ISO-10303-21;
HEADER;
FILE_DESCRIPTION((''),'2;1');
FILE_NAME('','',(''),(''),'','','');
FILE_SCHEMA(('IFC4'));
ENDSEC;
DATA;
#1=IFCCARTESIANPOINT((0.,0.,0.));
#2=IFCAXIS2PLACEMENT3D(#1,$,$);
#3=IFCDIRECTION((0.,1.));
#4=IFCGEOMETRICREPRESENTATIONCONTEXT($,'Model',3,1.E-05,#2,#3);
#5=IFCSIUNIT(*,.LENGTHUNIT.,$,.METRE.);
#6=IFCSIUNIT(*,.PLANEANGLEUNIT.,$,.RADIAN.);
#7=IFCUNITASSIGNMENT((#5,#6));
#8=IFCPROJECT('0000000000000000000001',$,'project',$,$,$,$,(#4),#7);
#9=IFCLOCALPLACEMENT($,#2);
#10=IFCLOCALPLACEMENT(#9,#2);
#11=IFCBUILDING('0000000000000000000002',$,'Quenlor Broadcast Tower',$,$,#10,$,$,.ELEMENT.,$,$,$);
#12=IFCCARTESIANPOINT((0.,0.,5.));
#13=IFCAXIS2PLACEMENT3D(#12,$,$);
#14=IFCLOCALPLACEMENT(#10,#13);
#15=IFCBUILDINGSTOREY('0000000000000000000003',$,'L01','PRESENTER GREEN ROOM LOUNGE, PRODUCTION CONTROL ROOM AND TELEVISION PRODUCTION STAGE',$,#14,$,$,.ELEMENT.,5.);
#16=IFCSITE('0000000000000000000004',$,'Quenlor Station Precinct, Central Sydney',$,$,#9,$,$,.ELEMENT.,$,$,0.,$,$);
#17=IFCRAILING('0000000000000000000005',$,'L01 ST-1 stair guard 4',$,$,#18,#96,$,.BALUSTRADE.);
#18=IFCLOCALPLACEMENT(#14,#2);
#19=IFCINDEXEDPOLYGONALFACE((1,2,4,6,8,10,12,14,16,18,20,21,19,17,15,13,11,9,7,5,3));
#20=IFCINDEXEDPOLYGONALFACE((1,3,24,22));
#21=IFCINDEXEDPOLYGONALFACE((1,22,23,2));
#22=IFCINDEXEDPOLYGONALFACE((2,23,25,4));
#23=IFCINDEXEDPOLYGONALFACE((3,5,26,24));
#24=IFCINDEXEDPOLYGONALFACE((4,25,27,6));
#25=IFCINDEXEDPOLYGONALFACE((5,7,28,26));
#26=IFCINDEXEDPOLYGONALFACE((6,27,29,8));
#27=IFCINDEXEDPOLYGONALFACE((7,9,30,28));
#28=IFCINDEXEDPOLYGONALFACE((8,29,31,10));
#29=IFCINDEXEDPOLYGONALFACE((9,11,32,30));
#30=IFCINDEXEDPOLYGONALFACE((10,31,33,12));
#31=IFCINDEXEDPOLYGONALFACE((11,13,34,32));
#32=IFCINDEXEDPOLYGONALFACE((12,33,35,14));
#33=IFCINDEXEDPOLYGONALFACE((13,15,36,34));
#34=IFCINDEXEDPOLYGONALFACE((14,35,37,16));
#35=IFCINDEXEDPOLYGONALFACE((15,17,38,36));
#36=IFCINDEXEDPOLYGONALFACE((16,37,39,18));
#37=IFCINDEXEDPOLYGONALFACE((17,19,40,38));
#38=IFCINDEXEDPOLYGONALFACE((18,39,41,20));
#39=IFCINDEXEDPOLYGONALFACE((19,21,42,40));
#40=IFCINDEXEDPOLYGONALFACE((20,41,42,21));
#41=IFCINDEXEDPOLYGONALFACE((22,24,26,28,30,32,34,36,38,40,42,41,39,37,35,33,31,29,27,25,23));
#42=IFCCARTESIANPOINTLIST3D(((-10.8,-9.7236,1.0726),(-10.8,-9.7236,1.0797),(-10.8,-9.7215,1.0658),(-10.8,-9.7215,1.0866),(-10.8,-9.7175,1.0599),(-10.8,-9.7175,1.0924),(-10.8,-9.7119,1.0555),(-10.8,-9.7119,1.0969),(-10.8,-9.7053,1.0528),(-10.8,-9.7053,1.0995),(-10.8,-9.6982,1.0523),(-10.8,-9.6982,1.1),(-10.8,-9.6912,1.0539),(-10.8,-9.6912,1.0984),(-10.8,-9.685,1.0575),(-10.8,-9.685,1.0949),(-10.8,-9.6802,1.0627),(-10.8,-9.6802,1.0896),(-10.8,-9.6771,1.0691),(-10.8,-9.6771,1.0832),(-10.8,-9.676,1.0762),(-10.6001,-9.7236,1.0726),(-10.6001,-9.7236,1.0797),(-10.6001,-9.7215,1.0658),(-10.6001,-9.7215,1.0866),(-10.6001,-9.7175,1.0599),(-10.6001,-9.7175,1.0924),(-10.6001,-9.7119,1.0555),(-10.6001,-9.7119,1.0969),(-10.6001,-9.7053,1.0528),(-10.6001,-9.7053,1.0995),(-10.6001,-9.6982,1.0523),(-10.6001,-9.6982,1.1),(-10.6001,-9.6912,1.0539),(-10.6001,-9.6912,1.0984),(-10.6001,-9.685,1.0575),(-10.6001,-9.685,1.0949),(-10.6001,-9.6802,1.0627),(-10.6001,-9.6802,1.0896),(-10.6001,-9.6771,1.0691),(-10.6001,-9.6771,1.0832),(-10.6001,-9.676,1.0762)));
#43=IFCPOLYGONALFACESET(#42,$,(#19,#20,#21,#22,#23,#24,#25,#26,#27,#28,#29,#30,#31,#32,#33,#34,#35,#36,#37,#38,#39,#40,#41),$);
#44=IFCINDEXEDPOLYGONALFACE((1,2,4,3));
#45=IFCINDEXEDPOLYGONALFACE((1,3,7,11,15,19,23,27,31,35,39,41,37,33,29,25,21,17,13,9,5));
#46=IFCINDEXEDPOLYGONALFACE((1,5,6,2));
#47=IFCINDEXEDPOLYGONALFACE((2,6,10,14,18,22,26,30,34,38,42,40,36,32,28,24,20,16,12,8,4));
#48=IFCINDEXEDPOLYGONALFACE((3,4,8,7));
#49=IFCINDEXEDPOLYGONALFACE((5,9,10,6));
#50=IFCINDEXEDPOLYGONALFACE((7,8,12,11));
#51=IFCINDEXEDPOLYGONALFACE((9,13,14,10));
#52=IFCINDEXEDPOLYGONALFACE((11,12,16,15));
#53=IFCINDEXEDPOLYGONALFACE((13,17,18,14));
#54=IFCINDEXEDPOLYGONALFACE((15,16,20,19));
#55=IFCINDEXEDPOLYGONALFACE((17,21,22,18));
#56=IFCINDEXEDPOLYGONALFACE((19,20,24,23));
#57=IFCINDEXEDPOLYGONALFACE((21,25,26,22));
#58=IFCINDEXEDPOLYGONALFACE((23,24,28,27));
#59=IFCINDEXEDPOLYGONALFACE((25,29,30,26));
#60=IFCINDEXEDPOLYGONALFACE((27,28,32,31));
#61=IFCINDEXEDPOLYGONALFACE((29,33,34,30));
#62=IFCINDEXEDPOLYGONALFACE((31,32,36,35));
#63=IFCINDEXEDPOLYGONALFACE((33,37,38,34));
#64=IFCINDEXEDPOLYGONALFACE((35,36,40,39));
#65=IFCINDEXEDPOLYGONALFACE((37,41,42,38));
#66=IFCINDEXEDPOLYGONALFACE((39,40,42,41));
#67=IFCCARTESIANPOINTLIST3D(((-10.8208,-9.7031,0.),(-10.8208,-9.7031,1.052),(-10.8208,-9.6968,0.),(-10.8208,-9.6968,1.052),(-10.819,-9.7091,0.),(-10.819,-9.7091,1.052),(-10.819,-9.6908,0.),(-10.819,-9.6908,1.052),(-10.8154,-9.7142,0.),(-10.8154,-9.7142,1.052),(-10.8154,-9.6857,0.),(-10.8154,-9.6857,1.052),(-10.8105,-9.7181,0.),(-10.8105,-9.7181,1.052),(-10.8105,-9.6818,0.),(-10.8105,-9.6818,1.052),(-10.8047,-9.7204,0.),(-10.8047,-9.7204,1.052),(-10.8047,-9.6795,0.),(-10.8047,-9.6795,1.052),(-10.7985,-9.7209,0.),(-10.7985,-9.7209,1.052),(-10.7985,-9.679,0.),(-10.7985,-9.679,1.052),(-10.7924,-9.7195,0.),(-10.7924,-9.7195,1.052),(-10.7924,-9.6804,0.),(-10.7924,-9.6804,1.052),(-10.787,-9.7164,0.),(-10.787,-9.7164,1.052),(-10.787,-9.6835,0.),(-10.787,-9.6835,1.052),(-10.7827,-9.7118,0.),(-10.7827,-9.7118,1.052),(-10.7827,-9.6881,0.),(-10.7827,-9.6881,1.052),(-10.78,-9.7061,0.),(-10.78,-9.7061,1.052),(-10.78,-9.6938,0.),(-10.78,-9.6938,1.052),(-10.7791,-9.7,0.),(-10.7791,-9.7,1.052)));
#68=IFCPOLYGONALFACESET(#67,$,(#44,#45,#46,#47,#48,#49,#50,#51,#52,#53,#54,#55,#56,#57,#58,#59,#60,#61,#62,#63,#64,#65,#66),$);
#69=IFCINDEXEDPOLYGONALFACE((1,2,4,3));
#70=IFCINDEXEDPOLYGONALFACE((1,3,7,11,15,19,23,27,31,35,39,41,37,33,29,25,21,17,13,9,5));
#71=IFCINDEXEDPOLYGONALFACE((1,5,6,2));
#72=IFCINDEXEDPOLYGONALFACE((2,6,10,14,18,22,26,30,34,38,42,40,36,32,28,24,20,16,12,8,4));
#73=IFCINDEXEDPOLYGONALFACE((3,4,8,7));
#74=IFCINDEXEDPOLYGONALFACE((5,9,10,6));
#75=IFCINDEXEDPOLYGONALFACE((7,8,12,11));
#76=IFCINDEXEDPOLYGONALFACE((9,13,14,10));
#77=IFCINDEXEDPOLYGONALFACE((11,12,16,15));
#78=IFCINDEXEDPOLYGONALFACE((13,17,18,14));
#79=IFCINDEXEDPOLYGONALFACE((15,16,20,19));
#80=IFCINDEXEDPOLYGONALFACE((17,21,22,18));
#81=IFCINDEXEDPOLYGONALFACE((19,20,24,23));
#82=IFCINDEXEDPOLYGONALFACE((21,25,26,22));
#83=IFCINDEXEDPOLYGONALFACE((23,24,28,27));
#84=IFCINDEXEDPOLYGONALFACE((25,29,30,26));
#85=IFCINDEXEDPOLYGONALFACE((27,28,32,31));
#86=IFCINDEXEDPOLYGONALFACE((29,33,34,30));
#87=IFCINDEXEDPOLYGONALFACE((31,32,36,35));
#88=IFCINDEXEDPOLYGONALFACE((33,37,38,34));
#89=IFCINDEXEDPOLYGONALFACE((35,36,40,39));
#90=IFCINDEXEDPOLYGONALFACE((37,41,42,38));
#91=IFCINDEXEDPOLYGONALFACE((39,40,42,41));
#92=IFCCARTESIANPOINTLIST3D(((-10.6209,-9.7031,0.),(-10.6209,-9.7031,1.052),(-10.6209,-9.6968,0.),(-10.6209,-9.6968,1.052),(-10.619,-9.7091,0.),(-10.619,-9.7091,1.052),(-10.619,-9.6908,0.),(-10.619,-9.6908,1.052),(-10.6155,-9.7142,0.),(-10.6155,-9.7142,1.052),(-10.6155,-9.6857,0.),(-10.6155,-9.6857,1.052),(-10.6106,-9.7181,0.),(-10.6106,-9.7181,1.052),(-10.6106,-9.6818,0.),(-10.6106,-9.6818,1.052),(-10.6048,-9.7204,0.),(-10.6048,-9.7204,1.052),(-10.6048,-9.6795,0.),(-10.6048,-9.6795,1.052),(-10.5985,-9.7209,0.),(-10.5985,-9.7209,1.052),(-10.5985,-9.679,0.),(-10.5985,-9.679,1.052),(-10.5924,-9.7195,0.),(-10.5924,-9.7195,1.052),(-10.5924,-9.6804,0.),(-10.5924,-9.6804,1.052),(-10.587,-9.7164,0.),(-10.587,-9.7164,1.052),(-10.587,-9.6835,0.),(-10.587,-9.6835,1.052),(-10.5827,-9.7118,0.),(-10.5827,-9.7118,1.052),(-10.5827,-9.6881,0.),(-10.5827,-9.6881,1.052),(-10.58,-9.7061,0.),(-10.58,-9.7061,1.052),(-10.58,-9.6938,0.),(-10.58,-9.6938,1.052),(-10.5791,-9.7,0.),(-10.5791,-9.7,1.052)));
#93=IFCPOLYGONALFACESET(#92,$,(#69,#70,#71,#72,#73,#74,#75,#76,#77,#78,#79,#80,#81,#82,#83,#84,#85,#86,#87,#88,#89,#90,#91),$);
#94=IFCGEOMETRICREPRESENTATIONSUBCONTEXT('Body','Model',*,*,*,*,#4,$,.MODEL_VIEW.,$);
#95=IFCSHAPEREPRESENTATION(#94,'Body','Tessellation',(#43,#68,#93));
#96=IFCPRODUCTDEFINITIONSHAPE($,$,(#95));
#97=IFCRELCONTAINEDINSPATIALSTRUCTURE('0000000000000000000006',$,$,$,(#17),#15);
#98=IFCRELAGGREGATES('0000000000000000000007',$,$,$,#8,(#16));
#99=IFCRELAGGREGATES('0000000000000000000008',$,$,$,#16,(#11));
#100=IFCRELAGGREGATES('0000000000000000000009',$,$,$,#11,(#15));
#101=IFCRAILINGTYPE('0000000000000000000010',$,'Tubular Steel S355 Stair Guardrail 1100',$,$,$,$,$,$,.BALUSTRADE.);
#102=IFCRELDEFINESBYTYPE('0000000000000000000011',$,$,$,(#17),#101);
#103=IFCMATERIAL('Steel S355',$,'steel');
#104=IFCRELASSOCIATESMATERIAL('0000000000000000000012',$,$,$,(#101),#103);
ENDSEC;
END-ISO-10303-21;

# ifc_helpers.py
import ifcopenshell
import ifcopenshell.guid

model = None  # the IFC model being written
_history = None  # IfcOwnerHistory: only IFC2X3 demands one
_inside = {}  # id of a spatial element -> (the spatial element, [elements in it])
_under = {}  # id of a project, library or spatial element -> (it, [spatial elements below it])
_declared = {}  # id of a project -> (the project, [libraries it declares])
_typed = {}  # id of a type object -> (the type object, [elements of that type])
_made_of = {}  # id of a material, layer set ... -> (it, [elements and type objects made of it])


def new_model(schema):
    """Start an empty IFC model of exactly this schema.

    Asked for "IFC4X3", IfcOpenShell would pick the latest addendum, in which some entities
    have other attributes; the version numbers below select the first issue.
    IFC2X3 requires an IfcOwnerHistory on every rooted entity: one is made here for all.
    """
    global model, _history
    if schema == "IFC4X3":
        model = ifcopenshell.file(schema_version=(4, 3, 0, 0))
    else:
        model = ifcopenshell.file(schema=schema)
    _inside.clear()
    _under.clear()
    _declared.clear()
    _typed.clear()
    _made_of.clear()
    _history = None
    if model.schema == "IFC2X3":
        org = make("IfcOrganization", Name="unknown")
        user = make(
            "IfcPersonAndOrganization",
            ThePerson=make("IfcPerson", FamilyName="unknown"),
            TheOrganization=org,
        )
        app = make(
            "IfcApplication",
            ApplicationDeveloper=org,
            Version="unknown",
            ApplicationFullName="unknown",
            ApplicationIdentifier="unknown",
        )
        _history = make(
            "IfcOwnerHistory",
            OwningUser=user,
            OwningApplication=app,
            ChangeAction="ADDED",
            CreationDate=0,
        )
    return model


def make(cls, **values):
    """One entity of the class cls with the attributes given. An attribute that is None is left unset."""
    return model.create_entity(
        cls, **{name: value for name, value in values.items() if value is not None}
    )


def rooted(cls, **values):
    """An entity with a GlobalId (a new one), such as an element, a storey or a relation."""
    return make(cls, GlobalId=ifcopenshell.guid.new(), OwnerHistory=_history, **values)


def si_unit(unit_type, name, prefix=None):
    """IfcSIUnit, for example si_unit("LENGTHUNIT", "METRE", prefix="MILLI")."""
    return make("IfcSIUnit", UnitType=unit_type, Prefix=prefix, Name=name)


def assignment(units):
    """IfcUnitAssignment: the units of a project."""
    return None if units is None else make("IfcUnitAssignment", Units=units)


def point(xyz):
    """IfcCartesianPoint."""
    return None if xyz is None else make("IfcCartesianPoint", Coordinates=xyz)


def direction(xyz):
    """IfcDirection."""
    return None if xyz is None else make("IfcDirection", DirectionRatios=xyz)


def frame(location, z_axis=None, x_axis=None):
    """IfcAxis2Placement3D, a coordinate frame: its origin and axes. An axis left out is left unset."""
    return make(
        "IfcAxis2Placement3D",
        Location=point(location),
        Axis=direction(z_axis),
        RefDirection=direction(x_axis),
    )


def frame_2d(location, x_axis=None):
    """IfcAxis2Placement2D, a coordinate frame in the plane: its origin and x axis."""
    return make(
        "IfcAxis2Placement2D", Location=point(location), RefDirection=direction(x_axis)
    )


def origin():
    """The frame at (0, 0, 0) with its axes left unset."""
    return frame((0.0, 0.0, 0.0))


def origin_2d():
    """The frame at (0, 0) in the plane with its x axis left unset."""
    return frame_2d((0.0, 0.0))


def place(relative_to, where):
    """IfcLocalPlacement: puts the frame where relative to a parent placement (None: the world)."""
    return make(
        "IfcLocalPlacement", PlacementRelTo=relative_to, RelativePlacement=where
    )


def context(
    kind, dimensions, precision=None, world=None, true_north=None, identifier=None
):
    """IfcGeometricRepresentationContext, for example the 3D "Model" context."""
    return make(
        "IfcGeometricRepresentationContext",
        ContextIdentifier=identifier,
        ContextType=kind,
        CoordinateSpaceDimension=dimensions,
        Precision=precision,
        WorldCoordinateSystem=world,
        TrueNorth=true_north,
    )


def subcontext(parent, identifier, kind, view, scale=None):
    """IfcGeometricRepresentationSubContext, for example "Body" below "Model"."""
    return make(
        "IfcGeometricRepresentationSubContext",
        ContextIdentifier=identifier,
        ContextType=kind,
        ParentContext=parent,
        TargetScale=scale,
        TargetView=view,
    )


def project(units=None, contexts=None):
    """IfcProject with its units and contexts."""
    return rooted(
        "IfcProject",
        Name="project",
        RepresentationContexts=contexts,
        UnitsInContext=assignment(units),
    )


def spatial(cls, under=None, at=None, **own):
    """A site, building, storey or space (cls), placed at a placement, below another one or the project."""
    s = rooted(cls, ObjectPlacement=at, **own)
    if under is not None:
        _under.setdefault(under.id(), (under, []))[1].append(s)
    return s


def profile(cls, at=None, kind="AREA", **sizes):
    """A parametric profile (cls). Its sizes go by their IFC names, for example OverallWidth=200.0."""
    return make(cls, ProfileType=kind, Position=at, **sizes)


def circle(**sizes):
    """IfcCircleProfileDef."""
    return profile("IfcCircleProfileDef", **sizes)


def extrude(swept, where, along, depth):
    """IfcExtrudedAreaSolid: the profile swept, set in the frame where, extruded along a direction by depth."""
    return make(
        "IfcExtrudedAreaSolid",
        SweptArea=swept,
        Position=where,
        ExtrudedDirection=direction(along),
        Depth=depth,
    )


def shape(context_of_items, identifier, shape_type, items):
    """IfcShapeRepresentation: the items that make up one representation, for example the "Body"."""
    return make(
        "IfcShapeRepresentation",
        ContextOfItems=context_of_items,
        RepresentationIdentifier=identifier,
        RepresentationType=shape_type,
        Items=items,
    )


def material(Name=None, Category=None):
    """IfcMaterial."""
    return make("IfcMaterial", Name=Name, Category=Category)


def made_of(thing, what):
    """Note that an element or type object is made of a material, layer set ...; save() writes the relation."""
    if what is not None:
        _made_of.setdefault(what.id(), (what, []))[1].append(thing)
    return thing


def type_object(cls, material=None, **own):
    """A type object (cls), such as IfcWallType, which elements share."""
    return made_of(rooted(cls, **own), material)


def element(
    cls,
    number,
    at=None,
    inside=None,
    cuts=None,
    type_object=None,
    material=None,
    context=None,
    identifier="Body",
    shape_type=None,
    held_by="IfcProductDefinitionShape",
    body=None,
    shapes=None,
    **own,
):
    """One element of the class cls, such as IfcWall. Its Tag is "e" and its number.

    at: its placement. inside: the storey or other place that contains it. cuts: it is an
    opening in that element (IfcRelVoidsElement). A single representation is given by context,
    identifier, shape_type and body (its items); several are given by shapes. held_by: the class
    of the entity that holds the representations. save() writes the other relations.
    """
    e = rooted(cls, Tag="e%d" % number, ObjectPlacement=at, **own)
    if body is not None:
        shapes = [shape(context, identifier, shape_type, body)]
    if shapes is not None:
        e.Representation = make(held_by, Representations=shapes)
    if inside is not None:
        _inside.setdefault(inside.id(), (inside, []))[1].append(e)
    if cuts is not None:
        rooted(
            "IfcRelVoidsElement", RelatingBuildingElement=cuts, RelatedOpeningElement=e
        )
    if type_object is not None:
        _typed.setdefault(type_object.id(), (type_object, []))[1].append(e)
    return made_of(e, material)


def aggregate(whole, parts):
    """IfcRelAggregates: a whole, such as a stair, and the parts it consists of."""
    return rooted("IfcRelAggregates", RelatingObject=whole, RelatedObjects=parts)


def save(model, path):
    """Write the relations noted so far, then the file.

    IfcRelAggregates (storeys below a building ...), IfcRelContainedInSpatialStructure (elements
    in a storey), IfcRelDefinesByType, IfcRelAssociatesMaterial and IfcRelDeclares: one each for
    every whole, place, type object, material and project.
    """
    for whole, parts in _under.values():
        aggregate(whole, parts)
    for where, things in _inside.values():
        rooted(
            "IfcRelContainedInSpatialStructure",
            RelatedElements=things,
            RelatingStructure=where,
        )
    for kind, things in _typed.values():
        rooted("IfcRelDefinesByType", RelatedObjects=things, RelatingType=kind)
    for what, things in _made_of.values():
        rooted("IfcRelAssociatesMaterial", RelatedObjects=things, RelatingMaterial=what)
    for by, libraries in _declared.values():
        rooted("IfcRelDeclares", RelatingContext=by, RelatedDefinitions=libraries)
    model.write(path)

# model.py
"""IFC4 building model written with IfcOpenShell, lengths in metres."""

from ifc_helpers import new_model, si_unit, direction, frame, origin, origin_2d, place, context, subcontext, project, spatial, circle, extrude, material, type_object, element, save


model = new_model("IFC4")

# Units and contexts
model_context = context("Model", 3, precision=1e-05, world=origin(), true_north=direction((0.0, 1.0)))
body_context = subcontext(model_context, "Body", "Model", "MODEL_VIEW")
ifc_project = project(units=[si_unit("LENGTHUNIT", "METRE"), si_unit("PLANEANGLEUNIT", "RADIAN")], contexts=[model_context])

# Site, building, storey
site_placement = place(None, origin())
site = spatial("IfcSite", under=ifc_project, at=site_placement, Name="Quenlor Station Precinct, Central Sydney", CompositionType="ELEMENT", RefElevation=0.0)
building_placement = place(site_placement, origin())
building = spatial("IfcBuilding", under=site, at=building_placement, Name="Quenlor Broadcast Tower", CompositionType="ELEMENT")
storey_placement = place(building_placement, frame((0.0, 0.0, 5.0)))
storey = spatial("IfcBuildingStorey", under=building, at=storey_placement, Name="L01", Description="PRESENTER GREEN ROOM LOUNGE, PRODUCTION CONTROL ROOM AND TELEVISION PRODUCTION STAGE", CompositionType="ELEMENT", Elevation=5.0)

# Railing
ifc_material_1 = material(Name="Steel S355", Category="steel")
railing_type_1 = type_object("IfcRailingType", Name="Tubular Steel S355 Stair Guardrail 1100", PredefinedType="BALUSTRADE", material=ifc_material_1)
railing_1_placement = place(storey_placement, frame((-10.8, -9.7, 0.0)))
element("IfcRailing", 1, at=railing_1_placement, inside=storey, type_object=railing_type_1, Name="L01 ST-1 stair guard 4", PredefinedType="BALUSTRADE", context=body_context, shape_type="SweptSolid", body=[
    extrude(circle(Radius=0.0239, at=origin_2d()), frame((0.0, 0.0, 1.0762), z_axis=(1.0, 0.0, 0.0), x_axis=(0.0, 1.0, 0.0)), (0.0, 0.0, 1.0), 0.2),
    extrude(circle(Radius=0.021, at=origin_2d()), origin(), (0.0, 0.0, 1.0), 1.052),
    extrude(circle(Radius=0.021, at=origin_2d()), frame((0.2, 0.0, 0.0)), (0.0, 0.0, 1.0), 1.052),
])

save(model, "model.ifc")
